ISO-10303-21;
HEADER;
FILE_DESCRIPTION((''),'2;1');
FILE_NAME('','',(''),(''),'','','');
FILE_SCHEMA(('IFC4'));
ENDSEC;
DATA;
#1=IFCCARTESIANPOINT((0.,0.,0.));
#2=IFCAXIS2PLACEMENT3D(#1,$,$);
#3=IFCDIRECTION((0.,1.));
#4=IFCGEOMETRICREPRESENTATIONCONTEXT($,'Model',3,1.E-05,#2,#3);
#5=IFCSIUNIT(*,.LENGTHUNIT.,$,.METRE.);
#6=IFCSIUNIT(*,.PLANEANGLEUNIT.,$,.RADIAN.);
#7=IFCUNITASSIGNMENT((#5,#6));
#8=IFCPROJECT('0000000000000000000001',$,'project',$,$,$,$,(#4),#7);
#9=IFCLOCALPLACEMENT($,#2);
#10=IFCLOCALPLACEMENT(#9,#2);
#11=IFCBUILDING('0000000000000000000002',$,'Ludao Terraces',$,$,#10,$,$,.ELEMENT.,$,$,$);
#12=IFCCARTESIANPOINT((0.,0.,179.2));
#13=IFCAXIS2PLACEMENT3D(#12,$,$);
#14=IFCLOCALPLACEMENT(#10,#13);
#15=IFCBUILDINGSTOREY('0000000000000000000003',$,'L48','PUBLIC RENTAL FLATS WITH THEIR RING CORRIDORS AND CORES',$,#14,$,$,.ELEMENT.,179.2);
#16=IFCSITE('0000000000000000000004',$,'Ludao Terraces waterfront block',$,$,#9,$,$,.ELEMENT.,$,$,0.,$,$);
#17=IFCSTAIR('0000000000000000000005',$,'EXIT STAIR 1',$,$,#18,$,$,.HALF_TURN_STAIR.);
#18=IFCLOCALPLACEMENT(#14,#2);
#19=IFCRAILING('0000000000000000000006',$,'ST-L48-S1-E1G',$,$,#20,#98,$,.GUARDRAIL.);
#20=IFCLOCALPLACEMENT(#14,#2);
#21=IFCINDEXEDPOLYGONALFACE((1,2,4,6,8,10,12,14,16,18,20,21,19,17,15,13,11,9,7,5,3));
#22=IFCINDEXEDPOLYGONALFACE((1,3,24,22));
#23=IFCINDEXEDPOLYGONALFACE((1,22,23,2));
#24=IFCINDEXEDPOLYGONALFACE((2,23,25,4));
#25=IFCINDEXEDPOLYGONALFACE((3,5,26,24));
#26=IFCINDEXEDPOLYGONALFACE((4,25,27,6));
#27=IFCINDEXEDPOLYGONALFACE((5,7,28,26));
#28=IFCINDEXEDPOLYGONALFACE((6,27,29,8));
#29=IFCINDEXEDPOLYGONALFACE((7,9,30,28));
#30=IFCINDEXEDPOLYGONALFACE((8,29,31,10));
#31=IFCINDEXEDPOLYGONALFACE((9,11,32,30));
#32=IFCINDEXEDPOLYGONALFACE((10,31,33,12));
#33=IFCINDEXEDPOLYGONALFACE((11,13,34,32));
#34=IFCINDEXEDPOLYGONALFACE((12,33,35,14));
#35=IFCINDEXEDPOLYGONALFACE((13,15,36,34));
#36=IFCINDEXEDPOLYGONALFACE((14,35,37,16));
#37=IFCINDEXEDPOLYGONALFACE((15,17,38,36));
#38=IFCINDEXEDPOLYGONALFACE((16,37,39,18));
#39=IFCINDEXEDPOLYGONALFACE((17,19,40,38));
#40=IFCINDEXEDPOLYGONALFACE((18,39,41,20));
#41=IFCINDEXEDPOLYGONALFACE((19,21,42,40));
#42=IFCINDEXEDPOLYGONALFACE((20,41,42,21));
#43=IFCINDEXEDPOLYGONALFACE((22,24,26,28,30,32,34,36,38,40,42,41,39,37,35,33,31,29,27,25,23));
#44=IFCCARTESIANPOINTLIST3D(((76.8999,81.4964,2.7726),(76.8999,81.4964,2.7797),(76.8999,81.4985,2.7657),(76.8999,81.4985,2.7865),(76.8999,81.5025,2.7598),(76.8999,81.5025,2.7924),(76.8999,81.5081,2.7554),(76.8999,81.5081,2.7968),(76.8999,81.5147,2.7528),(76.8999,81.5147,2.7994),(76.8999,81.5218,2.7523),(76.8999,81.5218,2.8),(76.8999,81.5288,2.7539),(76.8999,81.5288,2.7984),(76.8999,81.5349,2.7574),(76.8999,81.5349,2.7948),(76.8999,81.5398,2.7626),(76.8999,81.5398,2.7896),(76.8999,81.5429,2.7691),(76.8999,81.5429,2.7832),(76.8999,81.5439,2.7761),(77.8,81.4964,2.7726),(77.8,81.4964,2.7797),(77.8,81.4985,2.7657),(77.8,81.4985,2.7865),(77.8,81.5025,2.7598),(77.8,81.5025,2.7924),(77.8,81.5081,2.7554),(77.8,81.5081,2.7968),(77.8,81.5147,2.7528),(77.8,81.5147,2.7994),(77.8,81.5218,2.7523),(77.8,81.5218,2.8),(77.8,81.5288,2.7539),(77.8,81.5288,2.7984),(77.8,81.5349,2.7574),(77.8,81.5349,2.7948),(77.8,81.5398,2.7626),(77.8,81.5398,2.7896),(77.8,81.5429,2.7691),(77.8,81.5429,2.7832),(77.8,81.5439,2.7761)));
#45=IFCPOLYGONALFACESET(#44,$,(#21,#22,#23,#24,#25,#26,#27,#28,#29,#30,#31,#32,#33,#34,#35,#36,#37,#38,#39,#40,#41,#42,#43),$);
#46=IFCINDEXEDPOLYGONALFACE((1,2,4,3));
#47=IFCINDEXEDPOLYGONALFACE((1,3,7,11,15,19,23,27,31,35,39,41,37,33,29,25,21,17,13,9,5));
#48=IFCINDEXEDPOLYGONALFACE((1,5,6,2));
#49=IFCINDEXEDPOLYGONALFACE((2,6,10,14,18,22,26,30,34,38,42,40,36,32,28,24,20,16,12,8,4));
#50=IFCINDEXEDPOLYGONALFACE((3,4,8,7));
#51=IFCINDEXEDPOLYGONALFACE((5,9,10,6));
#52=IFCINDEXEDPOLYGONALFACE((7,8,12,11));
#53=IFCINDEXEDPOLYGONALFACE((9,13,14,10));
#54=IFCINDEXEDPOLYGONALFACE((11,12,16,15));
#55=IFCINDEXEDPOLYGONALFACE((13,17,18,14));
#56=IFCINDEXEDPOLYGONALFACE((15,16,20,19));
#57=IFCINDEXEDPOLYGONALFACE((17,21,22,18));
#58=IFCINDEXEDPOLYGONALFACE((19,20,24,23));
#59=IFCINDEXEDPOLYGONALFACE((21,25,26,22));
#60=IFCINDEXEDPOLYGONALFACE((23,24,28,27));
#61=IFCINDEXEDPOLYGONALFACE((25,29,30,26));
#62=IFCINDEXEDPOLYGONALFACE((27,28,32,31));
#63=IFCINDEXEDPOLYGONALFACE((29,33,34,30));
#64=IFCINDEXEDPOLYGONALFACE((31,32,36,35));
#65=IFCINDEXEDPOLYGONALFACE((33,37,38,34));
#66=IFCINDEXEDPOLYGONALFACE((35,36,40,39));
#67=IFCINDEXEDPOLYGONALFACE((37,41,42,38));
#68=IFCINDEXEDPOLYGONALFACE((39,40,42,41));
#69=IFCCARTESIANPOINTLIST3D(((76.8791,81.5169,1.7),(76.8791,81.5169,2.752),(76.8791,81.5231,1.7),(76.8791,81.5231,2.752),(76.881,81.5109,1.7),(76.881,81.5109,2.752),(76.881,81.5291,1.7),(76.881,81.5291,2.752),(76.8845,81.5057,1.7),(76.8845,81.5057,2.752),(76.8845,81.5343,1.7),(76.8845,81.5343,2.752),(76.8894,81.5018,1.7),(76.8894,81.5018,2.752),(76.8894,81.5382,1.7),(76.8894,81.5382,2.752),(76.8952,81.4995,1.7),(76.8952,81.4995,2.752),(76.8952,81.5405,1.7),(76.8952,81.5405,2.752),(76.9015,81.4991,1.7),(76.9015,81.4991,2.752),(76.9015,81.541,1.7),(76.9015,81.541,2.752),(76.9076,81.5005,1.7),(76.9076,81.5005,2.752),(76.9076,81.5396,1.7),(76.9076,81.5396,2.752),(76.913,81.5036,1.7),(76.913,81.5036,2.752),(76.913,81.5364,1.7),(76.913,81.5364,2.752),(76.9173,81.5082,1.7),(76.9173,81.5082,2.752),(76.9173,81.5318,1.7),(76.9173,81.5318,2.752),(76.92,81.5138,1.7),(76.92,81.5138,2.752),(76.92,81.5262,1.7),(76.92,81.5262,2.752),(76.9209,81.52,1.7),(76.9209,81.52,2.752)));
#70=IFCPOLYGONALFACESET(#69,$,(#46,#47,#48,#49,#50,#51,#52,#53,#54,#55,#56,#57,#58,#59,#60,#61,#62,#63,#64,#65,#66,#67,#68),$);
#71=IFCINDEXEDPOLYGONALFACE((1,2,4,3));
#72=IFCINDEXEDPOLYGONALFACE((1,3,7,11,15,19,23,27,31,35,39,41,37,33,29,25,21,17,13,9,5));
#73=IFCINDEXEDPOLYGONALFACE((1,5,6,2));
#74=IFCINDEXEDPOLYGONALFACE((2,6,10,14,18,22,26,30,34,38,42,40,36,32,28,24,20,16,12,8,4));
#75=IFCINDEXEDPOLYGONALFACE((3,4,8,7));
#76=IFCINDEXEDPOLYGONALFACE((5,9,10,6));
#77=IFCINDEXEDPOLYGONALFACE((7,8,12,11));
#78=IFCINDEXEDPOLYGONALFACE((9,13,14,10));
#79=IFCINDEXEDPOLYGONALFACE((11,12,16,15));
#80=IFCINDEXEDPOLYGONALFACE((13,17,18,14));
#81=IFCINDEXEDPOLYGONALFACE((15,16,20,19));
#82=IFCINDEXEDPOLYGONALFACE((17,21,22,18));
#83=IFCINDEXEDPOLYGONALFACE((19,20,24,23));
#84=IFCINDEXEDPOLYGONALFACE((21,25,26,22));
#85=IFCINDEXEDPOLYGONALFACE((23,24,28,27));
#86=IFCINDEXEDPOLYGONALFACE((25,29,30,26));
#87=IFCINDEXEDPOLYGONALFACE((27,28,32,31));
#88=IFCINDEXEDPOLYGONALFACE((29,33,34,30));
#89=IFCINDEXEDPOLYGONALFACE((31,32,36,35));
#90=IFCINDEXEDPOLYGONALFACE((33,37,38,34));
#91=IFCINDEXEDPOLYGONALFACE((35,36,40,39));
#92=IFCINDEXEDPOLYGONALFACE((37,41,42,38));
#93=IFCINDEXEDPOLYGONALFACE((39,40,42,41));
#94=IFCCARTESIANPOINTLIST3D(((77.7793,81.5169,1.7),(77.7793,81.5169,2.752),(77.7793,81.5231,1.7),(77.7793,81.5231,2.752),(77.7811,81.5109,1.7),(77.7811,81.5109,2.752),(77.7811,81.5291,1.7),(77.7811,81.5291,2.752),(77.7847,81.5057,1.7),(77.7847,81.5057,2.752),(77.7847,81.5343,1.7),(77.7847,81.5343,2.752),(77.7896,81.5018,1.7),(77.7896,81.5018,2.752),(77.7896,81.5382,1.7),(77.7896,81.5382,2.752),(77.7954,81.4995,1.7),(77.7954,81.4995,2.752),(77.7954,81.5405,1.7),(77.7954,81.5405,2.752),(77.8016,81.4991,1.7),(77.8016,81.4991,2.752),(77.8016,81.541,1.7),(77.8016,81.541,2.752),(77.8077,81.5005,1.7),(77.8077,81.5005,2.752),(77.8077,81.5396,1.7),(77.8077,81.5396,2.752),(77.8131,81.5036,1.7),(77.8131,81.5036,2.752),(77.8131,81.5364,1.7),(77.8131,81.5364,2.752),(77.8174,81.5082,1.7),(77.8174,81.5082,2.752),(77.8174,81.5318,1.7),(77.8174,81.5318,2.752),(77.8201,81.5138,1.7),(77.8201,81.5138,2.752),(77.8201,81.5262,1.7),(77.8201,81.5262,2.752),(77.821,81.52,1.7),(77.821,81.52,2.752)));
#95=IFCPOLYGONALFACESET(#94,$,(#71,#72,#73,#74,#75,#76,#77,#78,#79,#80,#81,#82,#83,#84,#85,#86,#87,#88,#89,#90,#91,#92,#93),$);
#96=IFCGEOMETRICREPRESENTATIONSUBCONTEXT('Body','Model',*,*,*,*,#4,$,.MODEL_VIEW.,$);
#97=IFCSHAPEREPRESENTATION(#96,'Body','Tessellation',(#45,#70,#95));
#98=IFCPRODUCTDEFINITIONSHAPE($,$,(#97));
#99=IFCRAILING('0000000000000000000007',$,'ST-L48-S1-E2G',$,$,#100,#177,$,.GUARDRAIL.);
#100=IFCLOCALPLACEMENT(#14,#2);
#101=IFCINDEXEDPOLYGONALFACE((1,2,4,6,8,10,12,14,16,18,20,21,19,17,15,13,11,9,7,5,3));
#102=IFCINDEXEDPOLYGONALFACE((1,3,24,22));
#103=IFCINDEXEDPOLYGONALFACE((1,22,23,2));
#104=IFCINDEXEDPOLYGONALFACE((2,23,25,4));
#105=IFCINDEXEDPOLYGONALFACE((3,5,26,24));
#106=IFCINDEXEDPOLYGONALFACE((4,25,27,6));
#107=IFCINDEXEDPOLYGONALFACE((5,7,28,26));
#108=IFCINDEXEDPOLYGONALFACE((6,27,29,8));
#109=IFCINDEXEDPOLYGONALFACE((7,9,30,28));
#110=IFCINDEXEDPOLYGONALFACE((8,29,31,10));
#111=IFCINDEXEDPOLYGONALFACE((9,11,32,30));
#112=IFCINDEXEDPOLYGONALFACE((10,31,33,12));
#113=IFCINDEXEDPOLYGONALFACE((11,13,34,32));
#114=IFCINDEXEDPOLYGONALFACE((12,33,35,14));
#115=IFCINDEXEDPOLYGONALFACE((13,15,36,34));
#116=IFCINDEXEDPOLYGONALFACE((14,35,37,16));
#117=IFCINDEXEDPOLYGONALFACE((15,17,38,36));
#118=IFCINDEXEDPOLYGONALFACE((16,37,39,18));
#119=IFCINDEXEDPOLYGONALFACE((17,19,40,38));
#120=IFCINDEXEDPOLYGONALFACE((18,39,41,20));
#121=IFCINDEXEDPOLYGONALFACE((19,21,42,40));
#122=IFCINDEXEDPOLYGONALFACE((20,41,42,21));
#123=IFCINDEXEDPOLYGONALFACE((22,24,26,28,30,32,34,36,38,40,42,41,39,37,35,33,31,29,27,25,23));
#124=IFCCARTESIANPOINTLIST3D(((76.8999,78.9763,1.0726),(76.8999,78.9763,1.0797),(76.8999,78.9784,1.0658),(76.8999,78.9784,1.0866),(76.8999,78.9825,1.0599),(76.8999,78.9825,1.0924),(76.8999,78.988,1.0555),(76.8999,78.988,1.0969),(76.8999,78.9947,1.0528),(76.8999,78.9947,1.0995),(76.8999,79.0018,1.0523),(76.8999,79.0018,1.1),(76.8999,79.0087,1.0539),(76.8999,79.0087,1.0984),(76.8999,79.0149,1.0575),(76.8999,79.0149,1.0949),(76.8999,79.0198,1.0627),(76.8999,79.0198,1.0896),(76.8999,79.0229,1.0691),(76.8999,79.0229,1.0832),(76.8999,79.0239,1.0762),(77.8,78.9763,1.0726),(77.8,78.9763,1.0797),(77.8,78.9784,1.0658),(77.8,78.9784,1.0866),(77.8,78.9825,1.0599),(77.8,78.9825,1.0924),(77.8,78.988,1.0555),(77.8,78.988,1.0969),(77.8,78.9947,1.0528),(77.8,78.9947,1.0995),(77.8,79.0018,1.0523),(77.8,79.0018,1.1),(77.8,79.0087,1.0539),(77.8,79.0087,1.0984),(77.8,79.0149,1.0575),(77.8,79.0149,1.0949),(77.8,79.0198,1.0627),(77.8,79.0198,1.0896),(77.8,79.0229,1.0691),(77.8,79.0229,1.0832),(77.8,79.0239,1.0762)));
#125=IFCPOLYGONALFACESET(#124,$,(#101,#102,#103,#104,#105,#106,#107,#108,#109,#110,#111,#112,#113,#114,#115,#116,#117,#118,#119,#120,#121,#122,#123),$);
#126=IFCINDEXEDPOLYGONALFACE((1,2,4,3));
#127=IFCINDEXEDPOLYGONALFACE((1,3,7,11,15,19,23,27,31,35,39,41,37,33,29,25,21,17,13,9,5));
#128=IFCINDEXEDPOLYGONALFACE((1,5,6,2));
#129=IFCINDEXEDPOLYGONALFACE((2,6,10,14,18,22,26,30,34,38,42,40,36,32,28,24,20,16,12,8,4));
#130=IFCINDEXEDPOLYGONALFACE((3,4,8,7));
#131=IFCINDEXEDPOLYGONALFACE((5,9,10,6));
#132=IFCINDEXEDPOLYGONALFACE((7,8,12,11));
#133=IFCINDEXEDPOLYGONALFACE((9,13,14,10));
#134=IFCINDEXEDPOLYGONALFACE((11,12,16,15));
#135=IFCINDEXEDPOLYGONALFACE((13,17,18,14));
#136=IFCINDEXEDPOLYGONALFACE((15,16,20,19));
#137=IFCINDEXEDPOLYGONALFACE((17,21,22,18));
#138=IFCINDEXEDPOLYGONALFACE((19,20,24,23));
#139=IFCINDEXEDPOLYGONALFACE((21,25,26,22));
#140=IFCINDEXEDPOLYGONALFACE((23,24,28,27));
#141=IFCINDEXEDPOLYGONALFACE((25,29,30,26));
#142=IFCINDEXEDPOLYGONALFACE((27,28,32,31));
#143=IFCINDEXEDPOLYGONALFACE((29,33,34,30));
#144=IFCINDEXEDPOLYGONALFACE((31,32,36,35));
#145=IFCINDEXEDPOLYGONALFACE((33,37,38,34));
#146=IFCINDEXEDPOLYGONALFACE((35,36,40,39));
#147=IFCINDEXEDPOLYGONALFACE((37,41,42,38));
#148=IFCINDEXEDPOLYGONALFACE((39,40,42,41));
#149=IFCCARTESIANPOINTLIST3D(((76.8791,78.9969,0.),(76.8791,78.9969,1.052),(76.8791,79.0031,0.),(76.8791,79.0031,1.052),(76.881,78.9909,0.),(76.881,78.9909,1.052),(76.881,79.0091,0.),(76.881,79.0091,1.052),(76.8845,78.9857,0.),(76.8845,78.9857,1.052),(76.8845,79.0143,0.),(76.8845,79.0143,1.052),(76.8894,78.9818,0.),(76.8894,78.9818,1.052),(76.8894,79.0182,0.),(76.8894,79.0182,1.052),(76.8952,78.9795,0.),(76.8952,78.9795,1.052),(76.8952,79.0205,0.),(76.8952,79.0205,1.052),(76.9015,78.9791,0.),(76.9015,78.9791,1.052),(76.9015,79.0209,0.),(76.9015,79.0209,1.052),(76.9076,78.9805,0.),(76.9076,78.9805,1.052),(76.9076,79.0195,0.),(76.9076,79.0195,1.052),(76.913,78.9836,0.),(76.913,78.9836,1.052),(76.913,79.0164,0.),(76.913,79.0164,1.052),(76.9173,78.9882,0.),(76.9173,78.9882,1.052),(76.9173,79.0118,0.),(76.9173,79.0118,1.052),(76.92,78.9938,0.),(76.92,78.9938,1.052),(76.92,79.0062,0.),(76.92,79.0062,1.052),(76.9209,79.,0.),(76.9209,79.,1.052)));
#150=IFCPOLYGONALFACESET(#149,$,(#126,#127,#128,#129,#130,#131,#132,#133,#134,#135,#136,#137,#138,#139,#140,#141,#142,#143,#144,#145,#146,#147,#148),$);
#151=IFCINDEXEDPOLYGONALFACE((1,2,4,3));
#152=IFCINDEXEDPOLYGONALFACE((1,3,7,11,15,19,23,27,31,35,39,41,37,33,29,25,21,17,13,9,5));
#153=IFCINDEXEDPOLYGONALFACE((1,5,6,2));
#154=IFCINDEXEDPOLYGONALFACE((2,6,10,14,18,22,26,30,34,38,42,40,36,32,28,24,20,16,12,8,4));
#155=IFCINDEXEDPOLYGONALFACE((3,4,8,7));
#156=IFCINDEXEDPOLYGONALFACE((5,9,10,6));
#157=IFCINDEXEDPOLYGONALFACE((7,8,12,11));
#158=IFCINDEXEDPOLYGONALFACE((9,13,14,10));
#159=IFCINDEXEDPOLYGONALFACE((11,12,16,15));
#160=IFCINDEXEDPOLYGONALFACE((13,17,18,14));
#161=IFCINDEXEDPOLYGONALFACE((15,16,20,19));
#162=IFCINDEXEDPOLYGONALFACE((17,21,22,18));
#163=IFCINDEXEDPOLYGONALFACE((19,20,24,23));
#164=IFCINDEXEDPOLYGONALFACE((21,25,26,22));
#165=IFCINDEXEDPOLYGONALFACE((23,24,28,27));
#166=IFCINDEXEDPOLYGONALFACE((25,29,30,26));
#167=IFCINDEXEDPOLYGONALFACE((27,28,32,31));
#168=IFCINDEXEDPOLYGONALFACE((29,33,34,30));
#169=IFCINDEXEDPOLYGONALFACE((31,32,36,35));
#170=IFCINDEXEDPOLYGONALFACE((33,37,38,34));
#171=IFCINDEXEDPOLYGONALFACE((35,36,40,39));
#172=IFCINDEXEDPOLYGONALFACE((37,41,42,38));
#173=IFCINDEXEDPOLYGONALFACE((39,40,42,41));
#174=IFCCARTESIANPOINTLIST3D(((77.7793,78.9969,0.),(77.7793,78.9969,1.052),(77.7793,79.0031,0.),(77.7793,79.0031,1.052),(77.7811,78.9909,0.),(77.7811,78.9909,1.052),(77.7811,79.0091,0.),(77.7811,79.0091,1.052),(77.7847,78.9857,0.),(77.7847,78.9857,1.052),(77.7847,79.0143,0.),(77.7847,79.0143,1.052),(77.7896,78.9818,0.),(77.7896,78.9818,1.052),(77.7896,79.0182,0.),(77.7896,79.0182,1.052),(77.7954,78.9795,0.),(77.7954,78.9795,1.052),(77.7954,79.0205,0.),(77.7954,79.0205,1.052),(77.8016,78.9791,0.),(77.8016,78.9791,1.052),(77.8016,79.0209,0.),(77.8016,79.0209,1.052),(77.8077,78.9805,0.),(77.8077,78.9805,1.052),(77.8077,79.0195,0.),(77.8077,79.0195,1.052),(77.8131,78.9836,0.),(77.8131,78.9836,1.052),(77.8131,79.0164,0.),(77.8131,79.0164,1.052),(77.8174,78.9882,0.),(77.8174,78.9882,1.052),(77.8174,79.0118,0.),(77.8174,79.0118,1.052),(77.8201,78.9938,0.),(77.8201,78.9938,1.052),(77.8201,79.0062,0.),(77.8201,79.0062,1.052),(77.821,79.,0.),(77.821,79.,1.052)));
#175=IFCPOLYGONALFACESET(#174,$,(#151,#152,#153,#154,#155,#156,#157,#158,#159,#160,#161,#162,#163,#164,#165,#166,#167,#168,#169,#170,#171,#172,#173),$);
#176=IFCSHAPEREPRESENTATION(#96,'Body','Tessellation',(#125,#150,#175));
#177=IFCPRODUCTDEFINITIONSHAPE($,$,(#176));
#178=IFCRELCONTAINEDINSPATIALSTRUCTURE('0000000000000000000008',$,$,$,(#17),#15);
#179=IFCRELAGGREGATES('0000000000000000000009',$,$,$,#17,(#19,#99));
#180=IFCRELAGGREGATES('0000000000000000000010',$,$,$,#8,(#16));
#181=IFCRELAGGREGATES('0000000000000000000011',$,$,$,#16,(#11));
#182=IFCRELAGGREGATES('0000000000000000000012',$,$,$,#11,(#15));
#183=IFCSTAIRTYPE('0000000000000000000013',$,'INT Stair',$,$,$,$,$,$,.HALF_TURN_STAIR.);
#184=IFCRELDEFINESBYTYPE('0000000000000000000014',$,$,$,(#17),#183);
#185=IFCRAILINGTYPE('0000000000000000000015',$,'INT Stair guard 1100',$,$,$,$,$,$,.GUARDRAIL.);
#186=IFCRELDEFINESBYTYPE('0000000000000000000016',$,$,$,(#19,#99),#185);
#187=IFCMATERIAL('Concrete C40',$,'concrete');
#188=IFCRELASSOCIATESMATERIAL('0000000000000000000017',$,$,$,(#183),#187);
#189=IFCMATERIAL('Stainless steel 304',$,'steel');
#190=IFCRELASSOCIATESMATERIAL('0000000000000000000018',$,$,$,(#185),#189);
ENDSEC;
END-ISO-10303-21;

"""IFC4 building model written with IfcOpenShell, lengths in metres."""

from ifc_helpers import new_model, si_unit, direction, frame, origin, origin_2d, place, context, subcontext, project, spatial, circle, extrude, material, type_object, element, aggregate, save


model = new_model("IFC4")

# Units and contexts
model_context = context("Model", 3, precision=1e-05, world=origin(), true_north=direction((0.0, 1.0)))
body_context = subcontext(model_context, "Body", "Model", "MODEL_VIEW")
ifc_project = project(units=[si_unit("LENGTHUNIT", "METRE"), si_unit("PLANEANGLEUNIT", "RADIAN")], contexts=[model_context])

# Site, building, storey
site_placement = place(None, origin())
site = spatial("IfcSite", under=ifc_project, at=site_placement, Name="Ludao Terraces waterfront block", CompositionType="ELEMENT", RefElevation=0.0)
building_placement = place(site_placement, origin())
building = spatial("IfcBuilding", under=site, at=building_placement, Name="Ludao Terraces", CompositionType="ELEMENT")
storey_placement = place(building_placement, frame((0.0, 0.0, 179.2)))
storey = spatial("IfcBuildingStorey", under=building, at=storey_placement, Name="L48", Description="PUBLIC RENTAL FLATS WITH THEIR RING CORRIDORS AND CORES", CompositionType="ELEMENT", Elevation=179.2)

# Shared definitions
ifc_material_1 = material(Name="Stainless steel 304", Category="steel")

# Stair, railings
ifc_material_2 = material(Name="Concrete C40", Category="concrete")
stair_type = type_object("IfcStairType", Name="INT Stair", PredefinedType="HALF_TURN_STAIR", material=ifc_material_2)
stair_placement = place(storey_placement, origin())
stair = element("IfcStair", 1, at=stair_placement, inside=storey, type_object=stair_type, Name="EXIT STAIR 1", PredefinedType="HALF_TURN_STAIR")
railing_type_1 = type_object("IfcRailingType", Name="INT Stair guard 1100", PredefinedType="GUARDRAIL", material=ifc_material_1)
railing_1_placement = place(storey_placement, frame((76.8999, 81.52, 1.7)))
railing_1 = element("IfcRailing", 2, at=railing_1_placement, type_object=railing_type_1, Name="ST-L48-S1-E1G", PredefinedType="GUARDRAIL", context=body_context, shape_type="SweptSolid", body=[
    extrude(circle(Radius=0.0239, at=origin_2d()), frame((0.0, 0.0, 1.0762), z_axis=(1.0, 0.0, 0.0), x_axis=(0.0, 1.0, 0.0)), (0.0, 0.0, 1.0), 0.9001),
    extrude(circle(Radius=0.021, at=origin_2d()), origin(), (0.0, 0.0, 1.0), 1.052),
    extrude(circle(Radius=0.021, at=origin_2d()), frame((0.9001, 0.0, 0.0)), (0.0, 0.0, 1.0), 1.052),
])
railing_2_placement = place(storey_placement, frame((76.8999, 79.0, 0.0)))
railing_2 = element("IfcRailing", 3, at=railing_2_placement, type_object=railing_type_1, Name="ST-L48-S1-E2G", PredefinedType="GUARDRAIL", context=body_context, shape_type="SweptSolid", body=[
    extrude(circle(Radius=0.0239, at=origin_2d()), frame((0.0, 0.0, 1.0762), z_axis=(1.0, 0.0, 0.0), x_axis=(0.0, 1.0, 0.0)), (0.0, 0.0, 1.0), 0.9001),
    extrude(circle(Radius=0.021, at=origin_2d()), origin(), (0.0, 0.0, 1.0), 1.052),
    extrude(circle(Radius=0.021, at=origin_2d()), frame((0.9001, 0.0, 0.0)), (0.0, 0.0, 1.0), 1.052),
])
aggregate(stair, [railing_1, railing_2])

save(model, "model.ifc")
